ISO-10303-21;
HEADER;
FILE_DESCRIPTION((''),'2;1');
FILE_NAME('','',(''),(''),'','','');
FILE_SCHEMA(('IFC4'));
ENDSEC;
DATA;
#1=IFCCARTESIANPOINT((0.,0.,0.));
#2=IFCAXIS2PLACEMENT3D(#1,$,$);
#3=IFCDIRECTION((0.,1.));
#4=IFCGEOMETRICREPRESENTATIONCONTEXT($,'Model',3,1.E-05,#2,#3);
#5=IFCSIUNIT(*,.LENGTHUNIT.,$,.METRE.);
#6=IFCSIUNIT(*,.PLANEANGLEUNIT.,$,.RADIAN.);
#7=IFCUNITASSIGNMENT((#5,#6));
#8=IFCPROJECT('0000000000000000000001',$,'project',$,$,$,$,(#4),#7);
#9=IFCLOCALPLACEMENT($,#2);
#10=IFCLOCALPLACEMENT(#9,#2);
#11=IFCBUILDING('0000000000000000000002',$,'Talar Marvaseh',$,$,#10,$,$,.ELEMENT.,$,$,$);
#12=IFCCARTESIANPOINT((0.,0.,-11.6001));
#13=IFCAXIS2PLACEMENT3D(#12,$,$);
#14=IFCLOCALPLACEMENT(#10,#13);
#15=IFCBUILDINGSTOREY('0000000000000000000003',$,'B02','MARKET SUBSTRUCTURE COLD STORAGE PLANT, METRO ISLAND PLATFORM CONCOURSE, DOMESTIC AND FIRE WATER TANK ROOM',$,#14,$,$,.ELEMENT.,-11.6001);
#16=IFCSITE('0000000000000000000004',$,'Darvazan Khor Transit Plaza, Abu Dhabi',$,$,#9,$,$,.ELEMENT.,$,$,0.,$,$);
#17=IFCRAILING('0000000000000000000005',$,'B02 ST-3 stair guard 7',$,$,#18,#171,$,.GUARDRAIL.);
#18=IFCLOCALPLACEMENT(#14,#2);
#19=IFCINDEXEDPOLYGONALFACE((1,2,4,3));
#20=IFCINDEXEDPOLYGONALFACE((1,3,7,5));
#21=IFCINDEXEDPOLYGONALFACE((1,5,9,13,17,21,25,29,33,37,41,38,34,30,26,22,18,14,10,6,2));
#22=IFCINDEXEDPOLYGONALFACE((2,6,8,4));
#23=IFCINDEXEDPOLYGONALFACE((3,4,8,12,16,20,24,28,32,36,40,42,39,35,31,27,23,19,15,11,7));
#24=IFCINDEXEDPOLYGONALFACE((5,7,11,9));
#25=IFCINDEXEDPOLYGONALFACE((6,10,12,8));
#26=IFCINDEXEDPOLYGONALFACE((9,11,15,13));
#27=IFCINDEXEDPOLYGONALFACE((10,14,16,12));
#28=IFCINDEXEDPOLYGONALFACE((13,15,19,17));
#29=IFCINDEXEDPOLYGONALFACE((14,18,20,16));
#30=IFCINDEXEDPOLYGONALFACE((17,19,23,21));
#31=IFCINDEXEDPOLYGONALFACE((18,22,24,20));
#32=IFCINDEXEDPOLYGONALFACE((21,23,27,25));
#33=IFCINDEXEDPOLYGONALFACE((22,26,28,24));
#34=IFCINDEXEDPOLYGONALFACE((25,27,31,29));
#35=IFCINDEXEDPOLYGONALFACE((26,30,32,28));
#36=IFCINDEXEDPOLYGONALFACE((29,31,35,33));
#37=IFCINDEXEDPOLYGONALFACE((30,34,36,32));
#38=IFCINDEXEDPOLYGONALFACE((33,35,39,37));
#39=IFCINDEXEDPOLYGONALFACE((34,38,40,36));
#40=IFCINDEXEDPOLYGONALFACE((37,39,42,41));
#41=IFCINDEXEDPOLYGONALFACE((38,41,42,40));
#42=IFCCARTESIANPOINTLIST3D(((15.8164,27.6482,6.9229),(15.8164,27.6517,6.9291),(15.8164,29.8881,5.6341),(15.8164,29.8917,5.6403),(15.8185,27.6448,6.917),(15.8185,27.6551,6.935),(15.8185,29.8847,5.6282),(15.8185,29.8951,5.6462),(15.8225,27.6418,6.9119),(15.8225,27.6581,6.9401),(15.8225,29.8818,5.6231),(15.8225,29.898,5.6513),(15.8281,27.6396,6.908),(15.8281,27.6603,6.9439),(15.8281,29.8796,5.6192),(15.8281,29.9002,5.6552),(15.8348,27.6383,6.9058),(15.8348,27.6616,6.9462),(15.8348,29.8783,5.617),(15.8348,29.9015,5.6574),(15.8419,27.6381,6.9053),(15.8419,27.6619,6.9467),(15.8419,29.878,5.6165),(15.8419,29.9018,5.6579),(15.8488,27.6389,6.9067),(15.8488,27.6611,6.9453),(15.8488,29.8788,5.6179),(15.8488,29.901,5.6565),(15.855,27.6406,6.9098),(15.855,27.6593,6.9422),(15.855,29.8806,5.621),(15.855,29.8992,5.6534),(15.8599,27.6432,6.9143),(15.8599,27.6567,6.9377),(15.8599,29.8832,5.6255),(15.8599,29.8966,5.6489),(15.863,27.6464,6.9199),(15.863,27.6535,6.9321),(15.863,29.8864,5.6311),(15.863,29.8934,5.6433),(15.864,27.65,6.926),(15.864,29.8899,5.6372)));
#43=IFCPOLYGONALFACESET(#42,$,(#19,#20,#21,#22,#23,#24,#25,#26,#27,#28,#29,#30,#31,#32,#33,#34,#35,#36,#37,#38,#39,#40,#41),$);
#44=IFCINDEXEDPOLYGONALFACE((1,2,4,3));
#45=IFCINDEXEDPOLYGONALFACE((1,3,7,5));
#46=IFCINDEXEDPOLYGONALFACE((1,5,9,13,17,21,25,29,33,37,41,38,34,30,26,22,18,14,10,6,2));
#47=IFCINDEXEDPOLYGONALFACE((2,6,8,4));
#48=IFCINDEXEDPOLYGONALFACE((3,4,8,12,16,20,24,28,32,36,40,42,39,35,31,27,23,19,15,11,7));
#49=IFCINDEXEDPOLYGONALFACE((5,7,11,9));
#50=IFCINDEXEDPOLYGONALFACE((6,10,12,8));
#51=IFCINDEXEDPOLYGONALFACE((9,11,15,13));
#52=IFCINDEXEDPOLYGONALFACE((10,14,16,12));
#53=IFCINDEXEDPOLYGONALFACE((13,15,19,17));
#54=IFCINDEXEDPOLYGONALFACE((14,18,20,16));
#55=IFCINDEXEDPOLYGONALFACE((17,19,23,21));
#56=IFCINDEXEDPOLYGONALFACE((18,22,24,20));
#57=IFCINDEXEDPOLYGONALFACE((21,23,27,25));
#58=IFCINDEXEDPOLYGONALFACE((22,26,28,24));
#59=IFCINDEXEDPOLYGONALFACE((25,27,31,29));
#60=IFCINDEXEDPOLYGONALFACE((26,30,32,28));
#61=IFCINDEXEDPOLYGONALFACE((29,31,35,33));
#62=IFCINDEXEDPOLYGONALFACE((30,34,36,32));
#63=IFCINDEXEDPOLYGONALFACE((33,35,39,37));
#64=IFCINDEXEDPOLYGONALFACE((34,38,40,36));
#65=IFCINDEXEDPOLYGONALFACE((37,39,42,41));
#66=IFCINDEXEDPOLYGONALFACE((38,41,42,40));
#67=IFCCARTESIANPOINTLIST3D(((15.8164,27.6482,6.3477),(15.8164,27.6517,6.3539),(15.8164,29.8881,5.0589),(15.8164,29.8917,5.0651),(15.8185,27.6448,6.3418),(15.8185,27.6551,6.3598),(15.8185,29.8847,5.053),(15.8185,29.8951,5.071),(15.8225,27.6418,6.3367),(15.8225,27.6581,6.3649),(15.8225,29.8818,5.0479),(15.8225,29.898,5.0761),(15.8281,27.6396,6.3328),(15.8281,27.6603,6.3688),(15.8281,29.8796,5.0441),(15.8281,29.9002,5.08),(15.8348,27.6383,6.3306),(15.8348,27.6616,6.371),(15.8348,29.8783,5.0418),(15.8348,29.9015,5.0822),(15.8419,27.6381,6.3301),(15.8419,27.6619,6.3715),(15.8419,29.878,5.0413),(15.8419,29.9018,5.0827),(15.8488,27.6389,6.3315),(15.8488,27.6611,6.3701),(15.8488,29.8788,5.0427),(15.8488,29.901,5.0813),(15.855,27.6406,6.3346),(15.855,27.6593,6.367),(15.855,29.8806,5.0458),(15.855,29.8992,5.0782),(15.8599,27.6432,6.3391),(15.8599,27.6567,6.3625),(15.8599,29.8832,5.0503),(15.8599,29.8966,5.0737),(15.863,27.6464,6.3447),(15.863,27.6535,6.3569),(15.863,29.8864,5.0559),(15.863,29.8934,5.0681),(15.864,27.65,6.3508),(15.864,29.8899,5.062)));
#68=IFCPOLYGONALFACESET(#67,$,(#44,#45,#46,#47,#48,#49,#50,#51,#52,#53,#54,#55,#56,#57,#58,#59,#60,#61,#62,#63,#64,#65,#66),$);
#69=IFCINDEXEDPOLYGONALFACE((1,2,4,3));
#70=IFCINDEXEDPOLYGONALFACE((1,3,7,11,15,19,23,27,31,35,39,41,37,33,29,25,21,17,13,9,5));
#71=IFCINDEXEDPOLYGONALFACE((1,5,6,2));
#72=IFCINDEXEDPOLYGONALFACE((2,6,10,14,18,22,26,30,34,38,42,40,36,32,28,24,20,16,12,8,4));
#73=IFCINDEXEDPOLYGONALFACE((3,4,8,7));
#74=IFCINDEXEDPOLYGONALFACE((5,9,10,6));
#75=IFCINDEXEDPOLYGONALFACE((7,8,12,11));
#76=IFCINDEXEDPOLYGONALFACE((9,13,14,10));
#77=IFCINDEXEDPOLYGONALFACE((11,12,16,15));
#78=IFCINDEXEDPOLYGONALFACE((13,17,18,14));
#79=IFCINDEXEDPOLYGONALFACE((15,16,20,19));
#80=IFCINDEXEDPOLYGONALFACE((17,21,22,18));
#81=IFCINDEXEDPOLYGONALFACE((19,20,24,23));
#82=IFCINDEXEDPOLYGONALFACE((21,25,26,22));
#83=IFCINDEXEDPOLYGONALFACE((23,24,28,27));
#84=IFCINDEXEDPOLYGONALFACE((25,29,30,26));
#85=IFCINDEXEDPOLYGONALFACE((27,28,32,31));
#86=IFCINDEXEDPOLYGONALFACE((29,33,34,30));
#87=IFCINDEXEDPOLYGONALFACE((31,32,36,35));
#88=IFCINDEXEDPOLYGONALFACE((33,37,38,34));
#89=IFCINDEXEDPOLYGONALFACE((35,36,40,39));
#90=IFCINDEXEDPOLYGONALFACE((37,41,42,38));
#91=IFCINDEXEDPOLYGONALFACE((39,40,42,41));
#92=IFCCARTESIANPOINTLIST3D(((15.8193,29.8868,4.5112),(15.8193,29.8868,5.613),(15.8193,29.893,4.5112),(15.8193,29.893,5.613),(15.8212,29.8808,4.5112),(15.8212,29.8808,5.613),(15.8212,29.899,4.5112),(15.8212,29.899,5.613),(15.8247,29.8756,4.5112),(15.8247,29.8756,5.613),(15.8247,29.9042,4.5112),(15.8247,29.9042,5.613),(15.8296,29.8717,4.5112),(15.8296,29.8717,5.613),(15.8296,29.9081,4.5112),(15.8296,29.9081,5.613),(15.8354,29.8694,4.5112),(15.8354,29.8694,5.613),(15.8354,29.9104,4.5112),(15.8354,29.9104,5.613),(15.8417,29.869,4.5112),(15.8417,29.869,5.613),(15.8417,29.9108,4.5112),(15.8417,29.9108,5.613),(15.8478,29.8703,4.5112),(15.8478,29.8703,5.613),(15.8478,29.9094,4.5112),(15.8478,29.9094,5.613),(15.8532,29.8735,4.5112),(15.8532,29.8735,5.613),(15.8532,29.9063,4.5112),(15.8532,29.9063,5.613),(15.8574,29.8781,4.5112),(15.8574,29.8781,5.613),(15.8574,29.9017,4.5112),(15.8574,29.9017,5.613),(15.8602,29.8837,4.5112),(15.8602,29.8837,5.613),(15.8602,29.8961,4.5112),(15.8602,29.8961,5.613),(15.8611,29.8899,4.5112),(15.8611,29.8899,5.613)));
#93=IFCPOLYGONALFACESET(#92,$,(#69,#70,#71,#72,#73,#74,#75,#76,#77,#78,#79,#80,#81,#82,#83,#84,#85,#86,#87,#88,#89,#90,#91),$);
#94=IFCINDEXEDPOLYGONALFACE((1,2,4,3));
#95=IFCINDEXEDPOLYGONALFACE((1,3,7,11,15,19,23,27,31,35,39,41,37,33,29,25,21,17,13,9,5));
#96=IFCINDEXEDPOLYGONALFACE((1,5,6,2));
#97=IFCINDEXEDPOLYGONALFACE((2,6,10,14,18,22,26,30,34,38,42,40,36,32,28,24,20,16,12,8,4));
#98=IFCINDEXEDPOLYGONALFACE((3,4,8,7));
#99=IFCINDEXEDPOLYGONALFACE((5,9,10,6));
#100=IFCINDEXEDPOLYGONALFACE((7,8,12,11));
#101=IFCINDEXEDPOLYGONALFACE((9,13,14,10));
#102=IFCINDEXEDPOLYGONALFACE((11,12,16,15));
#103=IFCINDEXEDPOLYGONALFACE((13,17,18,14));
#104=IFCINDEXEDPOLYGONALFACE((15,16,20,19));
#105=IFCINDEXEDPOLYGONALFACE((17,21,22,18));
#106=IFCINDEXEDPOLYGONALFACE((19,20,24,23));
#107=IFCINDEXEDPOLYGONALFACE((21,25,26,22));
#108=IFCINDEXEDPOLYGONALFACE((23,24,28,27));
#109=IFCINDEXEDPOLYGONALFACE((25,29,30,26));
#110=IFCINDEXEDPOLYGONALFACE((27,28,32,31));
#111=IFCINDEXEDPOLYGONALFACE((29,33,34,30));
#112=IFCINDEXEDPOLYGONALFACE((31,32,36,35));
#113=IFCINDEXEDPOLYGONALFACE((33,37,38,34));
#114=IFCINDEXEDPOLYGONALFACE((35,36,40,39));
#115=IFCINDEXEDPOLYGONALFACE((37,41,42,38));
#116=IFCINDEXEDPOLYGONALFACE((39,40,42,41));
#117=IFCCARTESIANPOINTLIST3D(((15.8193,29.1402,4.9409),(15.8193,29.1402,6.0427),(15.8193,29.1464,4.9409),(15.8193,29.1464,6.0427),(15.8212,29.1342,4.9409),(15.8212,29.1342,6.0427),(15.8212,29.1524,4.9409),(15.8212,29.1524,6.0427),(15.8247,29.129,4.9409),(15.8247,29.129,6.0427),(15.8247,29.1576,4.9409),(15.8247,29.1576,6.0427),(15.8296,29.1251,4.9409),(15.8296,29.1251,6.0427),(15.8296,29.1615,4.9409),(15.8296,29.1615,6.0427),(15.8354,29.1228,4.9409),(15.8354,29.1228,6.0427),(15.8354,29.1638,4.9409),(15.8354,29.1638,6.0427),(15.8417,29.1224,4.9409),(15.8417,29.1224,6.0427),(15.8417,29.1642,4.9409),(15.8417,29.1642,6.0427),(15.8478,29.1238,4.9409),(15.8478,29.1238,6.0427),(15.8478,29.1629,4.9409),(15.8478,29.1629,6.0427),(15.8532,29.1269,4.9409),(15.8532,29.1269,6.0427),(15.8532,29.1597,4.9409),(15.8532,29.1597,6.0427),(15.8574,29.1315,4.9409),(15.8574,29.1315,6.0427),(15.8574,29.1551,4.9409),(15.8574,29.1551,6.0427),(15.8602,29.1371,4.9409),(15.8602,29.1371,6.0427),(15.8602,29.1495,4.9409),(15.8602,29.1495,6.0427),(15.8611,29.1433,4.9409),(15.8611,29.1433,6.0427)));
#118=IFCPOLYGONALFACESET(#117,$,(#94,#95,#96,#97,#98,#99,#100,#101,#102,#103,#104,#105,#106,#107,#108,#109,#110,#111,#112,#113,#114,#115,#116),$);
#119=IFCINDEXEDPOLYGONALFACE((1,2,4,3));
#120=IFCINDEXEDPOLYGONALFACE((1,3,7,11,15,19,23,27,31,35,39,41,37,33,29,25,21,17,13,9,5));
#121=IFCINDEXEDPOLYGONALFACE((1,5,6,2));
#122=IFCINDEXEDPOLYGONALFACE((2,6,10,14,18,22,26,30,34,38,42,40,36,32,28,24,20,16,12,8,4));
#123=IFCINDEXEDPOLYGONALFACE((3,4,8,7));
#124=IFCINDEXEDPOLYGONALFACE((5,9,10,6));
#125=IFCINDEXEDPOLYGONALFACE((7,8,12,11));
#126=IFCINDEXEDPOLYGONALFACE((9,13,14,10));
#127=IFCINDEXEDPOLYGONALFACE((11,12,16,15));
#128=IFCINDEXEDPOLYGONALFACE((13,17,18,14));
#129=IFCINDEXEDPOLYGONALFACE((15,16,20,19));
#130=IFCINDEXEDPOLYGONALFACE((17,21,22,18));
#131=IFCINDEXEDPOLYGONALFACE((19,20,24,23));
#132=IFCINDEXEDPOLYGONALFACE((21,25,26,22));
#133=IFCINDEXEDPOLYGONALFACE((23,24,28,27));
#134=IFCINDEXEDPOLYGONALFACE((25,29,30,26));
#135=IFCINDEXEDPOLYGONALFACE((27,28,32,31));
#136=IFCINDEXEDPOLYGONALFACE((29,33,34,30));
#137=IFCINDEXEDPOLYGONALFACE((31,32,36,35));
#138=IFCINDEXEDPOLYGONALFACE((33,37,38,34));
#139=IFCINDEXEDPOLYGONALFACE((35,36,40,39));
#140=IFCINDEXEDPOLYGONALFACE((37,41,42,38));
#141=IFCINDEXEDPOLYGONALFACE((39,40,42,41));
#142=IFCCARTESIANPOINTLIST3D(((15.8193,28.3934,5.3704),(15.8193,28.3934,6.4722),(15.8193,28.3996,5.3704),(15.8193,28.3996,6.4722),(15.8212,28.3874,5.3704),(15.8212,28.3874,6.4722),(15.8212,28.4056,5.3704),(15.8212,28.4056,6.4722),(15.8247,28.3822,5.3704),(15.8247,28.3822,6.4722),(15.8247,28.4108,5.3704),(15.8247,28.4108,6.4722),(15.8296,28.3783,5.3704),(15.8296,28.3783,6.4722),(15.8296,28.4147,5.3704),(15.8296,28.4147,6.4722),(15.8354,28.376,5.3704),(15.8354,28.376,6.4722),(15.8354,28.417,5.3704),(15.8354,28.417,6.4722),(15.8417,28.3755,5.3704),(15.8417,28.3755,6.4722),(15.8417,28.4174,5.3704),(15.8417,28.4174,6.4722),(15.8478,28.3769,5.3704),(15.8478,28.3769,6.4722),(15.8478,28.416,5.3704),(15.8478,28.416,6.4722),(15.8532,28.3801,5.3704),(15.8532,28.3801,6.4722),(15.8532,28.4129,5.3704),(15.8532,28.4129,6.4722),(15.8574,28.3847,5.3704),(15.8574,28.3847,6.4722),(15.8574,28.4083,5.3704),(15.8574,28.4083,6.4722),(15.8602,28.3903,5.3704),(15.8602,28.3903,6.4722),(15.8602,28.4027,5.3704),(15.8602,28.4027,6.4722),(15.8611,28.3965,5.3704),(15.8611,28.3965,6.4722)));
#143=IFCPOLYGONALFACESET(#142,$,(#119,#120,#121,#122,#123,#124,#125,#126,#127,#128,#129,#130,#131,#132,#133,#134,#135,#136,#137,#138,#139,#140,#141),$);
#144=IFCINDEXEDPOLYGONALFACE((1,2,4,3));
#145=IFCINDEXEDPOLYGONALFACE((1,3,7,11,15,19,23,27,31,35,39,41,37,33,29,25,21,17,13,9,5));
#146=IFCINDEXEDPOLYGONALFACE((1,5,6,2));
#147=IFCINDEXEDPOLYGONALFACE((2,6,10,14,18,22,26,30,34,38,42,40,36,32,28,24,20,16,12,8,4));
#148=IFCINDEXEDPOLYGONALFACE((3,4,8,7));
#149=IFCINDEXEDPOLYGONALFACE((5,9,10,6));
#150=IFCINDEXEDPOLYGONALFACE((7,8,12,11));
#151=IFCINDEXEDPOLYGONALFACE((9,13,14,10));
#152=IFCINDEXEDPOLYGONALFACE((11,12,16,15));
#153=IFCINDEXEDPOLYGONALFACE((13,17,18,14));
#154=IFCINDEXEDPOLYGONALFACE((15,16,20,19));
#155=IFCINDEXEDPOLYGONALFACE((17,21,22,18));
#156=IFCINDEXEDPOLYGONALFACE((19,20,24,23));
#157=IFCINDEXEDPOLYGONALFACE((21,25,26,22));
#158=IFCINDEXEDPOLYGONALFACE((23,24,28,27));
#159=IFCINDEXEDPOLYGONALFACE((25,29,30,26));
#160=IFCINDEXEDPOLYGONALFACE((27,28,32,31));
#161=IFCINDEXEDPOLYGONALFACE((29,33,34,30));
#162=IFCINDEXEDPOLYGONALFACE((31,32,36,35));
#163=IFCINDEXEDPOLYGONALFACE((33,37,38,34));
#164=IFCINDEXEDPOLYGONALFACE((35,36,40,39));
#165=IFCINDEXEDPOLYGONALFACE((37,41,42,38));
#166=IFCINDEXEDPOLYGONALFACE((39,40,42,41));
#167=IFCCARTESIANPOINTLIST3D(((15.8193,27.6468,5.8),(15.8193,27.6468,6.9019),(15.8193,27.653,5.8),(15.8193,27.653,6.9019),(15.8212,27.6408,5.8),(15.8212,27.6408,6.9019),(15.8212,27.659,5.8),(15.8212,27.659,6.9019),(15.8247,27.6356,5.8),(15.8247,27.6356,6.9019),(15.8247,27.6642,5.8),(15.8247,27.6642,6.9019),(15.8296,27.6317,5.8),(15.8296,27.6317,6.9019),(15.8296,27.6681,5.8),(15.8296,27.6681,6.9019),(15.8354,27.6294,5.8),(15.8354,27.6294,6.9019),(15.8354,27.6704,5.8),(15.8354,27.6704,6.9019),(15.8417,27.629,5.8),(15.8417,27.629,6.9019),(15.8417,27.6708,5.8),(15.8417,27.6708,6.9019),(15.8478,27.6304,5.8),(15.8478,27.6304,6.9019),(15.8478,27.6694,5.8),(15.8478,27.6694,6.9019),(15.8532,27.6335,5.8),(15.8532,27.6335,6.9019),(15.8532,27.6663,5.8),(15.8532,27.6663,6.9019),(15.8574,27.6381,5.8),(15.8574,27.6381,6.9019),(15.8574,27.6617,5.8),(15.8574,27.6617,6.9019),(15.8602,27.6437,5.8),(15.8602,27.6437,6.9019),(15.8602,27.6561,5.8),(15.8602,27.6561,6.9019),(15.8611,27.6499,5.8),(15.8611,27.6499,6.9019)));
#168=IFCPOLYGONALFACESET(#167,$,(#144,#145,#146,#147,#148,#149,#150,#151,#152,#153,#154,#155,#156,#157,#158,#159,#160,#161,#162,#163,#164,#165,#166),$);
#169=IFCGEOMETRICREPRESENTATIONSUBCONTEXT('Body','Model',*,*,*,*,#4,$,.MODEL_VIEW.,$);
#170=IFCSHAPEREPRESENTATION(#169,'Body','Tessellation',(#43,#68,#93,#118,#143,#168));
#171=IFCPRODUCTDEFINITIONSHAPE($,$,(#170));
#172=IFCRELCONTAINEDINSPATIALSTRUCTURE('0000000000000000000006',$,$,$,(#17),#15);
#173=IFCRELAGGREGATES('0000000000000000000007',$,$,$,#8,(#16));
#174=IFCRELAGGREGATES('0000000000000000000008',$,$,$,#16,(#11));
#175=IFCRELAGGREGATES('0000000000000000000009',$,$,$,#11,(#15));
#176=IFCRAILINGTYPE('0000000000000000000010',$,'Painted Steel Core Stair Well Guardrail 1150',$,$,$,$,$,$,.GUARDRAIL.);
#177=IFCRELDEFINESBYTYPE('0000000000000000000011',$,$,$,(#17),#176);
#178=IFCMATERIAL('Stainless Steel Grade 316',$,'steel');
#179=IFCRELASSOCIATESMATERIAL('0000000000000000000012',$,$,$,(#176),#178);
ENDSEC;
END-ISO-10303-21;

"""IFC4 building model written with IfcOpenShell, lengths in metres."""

from ifc_helpers import new_model, si_unit, direction, frame, origin, origin_2d, place, context, subcontext, project, spatial, circle, extrude, material, type_object, element, save


model = new_model("IFC4")

# Units and contexts
model_context = context("Model", 3, precision=1e-05, world=origin(), true_north=direction((0.0, 1.0)))
body_context = subcontext(model_context, "Body", "Model", "MODEL_VIEW")
ifc_project = project(units=[si_unit("LENGTHUNIT", "METRE"), si_unit("PLANEANGLEUNIT", "RADIAN")], contexts=[model_context])

# Site, building, storey
site_placement = place(None, origin())
site = spatial("IfcSite", under=ifc_project, at=site_placement, Name="Darvazan Khor Transit Plaza, Abu Dhabi", CompositionType="ELEMENT", RefElevation=0.0)
building_placement = place(site_placement, origin())
building = spatial("IfcBuilding", under=site, at=building_placement, Name="Talar Marvaseh", CompositionType="ELEMENT")
storey_placement = place(building_placement, frame((0.0, 0.0, -11.6001)))
storey = spatial("IfcBuildingStorey", under=building, at=storey_placement, Name="B02", Description="MARKET SUBSTRUCTURE COLD STORAGE PLANT, METRO ISLAND PLATFORM CONCOURSE, DOMESTIC AND FIRE WATER TANK ROOM", CompositionType="ELEMENT", Elevation=-11.6001)

# Railing
ifc_material_1 = material(Name="Stainless Steel Grade 316", Category="steel")
railing_type_1 = type_object("IfcRailingType", Name="Painted Steel Core Stair Well Guardrail 1150", PredefinedType="GUARDRAIL", material=ifc_material_1)
railing_1_placement = place(storey_placement, frame((15.8401, 29.8899, 4.5112)))
element("IfcRailing", 1, at=railing_1_placement, inside=storey, type_object=railing_type_1, Name="B02 ST-3 stair guard 7", PredefinedType="GUARDRAIL", context=body_context, shape_type="SweptSolid", body=[
    extrude(circle(Radius=0.0239, at=origin_2d()), frame((0.0, 0.0, 1.126), z_axis=(0.0, -0.866768, 0.498711), x_axis=(1.0, 0.0, 0.0)), (0.0, 0.0, 1.0), 2.5842),
    extrude(circle(Radius=0.0239, at=origin_2d()), frame((0.0, 0.0, 0.5508), z_axis=(0.0, -0.866768, 0.498711), x_axis=(1.0, 0.0, 0.0)), (0.0, 0.0, 1.0), 2.5842),
    extrude(circle(Radius=0.021, at=origin_2d()), origin(), (0.0, 0.0, 1.0), 1.1018),
    extrude(circle(Radius=0.021, at=origin_2d()), frame((0.0, -0.7466, 0.4297)), (0.0, 0.0, 1.0), 1.1018),
    extrude(circle(Radius=0.021, at=origin_2d()), frame((0.0, -1.4934, 0.8591)), (0.0, 0.0, 1.0), 1.1018),
    extrude(circle(Radius=0.021, at=origin_2d()), frame((0.0, -2.24, 1.2888)), (0.0, 0.0, 1.0), 1.1018),
])

save(model, "model.ifc")
